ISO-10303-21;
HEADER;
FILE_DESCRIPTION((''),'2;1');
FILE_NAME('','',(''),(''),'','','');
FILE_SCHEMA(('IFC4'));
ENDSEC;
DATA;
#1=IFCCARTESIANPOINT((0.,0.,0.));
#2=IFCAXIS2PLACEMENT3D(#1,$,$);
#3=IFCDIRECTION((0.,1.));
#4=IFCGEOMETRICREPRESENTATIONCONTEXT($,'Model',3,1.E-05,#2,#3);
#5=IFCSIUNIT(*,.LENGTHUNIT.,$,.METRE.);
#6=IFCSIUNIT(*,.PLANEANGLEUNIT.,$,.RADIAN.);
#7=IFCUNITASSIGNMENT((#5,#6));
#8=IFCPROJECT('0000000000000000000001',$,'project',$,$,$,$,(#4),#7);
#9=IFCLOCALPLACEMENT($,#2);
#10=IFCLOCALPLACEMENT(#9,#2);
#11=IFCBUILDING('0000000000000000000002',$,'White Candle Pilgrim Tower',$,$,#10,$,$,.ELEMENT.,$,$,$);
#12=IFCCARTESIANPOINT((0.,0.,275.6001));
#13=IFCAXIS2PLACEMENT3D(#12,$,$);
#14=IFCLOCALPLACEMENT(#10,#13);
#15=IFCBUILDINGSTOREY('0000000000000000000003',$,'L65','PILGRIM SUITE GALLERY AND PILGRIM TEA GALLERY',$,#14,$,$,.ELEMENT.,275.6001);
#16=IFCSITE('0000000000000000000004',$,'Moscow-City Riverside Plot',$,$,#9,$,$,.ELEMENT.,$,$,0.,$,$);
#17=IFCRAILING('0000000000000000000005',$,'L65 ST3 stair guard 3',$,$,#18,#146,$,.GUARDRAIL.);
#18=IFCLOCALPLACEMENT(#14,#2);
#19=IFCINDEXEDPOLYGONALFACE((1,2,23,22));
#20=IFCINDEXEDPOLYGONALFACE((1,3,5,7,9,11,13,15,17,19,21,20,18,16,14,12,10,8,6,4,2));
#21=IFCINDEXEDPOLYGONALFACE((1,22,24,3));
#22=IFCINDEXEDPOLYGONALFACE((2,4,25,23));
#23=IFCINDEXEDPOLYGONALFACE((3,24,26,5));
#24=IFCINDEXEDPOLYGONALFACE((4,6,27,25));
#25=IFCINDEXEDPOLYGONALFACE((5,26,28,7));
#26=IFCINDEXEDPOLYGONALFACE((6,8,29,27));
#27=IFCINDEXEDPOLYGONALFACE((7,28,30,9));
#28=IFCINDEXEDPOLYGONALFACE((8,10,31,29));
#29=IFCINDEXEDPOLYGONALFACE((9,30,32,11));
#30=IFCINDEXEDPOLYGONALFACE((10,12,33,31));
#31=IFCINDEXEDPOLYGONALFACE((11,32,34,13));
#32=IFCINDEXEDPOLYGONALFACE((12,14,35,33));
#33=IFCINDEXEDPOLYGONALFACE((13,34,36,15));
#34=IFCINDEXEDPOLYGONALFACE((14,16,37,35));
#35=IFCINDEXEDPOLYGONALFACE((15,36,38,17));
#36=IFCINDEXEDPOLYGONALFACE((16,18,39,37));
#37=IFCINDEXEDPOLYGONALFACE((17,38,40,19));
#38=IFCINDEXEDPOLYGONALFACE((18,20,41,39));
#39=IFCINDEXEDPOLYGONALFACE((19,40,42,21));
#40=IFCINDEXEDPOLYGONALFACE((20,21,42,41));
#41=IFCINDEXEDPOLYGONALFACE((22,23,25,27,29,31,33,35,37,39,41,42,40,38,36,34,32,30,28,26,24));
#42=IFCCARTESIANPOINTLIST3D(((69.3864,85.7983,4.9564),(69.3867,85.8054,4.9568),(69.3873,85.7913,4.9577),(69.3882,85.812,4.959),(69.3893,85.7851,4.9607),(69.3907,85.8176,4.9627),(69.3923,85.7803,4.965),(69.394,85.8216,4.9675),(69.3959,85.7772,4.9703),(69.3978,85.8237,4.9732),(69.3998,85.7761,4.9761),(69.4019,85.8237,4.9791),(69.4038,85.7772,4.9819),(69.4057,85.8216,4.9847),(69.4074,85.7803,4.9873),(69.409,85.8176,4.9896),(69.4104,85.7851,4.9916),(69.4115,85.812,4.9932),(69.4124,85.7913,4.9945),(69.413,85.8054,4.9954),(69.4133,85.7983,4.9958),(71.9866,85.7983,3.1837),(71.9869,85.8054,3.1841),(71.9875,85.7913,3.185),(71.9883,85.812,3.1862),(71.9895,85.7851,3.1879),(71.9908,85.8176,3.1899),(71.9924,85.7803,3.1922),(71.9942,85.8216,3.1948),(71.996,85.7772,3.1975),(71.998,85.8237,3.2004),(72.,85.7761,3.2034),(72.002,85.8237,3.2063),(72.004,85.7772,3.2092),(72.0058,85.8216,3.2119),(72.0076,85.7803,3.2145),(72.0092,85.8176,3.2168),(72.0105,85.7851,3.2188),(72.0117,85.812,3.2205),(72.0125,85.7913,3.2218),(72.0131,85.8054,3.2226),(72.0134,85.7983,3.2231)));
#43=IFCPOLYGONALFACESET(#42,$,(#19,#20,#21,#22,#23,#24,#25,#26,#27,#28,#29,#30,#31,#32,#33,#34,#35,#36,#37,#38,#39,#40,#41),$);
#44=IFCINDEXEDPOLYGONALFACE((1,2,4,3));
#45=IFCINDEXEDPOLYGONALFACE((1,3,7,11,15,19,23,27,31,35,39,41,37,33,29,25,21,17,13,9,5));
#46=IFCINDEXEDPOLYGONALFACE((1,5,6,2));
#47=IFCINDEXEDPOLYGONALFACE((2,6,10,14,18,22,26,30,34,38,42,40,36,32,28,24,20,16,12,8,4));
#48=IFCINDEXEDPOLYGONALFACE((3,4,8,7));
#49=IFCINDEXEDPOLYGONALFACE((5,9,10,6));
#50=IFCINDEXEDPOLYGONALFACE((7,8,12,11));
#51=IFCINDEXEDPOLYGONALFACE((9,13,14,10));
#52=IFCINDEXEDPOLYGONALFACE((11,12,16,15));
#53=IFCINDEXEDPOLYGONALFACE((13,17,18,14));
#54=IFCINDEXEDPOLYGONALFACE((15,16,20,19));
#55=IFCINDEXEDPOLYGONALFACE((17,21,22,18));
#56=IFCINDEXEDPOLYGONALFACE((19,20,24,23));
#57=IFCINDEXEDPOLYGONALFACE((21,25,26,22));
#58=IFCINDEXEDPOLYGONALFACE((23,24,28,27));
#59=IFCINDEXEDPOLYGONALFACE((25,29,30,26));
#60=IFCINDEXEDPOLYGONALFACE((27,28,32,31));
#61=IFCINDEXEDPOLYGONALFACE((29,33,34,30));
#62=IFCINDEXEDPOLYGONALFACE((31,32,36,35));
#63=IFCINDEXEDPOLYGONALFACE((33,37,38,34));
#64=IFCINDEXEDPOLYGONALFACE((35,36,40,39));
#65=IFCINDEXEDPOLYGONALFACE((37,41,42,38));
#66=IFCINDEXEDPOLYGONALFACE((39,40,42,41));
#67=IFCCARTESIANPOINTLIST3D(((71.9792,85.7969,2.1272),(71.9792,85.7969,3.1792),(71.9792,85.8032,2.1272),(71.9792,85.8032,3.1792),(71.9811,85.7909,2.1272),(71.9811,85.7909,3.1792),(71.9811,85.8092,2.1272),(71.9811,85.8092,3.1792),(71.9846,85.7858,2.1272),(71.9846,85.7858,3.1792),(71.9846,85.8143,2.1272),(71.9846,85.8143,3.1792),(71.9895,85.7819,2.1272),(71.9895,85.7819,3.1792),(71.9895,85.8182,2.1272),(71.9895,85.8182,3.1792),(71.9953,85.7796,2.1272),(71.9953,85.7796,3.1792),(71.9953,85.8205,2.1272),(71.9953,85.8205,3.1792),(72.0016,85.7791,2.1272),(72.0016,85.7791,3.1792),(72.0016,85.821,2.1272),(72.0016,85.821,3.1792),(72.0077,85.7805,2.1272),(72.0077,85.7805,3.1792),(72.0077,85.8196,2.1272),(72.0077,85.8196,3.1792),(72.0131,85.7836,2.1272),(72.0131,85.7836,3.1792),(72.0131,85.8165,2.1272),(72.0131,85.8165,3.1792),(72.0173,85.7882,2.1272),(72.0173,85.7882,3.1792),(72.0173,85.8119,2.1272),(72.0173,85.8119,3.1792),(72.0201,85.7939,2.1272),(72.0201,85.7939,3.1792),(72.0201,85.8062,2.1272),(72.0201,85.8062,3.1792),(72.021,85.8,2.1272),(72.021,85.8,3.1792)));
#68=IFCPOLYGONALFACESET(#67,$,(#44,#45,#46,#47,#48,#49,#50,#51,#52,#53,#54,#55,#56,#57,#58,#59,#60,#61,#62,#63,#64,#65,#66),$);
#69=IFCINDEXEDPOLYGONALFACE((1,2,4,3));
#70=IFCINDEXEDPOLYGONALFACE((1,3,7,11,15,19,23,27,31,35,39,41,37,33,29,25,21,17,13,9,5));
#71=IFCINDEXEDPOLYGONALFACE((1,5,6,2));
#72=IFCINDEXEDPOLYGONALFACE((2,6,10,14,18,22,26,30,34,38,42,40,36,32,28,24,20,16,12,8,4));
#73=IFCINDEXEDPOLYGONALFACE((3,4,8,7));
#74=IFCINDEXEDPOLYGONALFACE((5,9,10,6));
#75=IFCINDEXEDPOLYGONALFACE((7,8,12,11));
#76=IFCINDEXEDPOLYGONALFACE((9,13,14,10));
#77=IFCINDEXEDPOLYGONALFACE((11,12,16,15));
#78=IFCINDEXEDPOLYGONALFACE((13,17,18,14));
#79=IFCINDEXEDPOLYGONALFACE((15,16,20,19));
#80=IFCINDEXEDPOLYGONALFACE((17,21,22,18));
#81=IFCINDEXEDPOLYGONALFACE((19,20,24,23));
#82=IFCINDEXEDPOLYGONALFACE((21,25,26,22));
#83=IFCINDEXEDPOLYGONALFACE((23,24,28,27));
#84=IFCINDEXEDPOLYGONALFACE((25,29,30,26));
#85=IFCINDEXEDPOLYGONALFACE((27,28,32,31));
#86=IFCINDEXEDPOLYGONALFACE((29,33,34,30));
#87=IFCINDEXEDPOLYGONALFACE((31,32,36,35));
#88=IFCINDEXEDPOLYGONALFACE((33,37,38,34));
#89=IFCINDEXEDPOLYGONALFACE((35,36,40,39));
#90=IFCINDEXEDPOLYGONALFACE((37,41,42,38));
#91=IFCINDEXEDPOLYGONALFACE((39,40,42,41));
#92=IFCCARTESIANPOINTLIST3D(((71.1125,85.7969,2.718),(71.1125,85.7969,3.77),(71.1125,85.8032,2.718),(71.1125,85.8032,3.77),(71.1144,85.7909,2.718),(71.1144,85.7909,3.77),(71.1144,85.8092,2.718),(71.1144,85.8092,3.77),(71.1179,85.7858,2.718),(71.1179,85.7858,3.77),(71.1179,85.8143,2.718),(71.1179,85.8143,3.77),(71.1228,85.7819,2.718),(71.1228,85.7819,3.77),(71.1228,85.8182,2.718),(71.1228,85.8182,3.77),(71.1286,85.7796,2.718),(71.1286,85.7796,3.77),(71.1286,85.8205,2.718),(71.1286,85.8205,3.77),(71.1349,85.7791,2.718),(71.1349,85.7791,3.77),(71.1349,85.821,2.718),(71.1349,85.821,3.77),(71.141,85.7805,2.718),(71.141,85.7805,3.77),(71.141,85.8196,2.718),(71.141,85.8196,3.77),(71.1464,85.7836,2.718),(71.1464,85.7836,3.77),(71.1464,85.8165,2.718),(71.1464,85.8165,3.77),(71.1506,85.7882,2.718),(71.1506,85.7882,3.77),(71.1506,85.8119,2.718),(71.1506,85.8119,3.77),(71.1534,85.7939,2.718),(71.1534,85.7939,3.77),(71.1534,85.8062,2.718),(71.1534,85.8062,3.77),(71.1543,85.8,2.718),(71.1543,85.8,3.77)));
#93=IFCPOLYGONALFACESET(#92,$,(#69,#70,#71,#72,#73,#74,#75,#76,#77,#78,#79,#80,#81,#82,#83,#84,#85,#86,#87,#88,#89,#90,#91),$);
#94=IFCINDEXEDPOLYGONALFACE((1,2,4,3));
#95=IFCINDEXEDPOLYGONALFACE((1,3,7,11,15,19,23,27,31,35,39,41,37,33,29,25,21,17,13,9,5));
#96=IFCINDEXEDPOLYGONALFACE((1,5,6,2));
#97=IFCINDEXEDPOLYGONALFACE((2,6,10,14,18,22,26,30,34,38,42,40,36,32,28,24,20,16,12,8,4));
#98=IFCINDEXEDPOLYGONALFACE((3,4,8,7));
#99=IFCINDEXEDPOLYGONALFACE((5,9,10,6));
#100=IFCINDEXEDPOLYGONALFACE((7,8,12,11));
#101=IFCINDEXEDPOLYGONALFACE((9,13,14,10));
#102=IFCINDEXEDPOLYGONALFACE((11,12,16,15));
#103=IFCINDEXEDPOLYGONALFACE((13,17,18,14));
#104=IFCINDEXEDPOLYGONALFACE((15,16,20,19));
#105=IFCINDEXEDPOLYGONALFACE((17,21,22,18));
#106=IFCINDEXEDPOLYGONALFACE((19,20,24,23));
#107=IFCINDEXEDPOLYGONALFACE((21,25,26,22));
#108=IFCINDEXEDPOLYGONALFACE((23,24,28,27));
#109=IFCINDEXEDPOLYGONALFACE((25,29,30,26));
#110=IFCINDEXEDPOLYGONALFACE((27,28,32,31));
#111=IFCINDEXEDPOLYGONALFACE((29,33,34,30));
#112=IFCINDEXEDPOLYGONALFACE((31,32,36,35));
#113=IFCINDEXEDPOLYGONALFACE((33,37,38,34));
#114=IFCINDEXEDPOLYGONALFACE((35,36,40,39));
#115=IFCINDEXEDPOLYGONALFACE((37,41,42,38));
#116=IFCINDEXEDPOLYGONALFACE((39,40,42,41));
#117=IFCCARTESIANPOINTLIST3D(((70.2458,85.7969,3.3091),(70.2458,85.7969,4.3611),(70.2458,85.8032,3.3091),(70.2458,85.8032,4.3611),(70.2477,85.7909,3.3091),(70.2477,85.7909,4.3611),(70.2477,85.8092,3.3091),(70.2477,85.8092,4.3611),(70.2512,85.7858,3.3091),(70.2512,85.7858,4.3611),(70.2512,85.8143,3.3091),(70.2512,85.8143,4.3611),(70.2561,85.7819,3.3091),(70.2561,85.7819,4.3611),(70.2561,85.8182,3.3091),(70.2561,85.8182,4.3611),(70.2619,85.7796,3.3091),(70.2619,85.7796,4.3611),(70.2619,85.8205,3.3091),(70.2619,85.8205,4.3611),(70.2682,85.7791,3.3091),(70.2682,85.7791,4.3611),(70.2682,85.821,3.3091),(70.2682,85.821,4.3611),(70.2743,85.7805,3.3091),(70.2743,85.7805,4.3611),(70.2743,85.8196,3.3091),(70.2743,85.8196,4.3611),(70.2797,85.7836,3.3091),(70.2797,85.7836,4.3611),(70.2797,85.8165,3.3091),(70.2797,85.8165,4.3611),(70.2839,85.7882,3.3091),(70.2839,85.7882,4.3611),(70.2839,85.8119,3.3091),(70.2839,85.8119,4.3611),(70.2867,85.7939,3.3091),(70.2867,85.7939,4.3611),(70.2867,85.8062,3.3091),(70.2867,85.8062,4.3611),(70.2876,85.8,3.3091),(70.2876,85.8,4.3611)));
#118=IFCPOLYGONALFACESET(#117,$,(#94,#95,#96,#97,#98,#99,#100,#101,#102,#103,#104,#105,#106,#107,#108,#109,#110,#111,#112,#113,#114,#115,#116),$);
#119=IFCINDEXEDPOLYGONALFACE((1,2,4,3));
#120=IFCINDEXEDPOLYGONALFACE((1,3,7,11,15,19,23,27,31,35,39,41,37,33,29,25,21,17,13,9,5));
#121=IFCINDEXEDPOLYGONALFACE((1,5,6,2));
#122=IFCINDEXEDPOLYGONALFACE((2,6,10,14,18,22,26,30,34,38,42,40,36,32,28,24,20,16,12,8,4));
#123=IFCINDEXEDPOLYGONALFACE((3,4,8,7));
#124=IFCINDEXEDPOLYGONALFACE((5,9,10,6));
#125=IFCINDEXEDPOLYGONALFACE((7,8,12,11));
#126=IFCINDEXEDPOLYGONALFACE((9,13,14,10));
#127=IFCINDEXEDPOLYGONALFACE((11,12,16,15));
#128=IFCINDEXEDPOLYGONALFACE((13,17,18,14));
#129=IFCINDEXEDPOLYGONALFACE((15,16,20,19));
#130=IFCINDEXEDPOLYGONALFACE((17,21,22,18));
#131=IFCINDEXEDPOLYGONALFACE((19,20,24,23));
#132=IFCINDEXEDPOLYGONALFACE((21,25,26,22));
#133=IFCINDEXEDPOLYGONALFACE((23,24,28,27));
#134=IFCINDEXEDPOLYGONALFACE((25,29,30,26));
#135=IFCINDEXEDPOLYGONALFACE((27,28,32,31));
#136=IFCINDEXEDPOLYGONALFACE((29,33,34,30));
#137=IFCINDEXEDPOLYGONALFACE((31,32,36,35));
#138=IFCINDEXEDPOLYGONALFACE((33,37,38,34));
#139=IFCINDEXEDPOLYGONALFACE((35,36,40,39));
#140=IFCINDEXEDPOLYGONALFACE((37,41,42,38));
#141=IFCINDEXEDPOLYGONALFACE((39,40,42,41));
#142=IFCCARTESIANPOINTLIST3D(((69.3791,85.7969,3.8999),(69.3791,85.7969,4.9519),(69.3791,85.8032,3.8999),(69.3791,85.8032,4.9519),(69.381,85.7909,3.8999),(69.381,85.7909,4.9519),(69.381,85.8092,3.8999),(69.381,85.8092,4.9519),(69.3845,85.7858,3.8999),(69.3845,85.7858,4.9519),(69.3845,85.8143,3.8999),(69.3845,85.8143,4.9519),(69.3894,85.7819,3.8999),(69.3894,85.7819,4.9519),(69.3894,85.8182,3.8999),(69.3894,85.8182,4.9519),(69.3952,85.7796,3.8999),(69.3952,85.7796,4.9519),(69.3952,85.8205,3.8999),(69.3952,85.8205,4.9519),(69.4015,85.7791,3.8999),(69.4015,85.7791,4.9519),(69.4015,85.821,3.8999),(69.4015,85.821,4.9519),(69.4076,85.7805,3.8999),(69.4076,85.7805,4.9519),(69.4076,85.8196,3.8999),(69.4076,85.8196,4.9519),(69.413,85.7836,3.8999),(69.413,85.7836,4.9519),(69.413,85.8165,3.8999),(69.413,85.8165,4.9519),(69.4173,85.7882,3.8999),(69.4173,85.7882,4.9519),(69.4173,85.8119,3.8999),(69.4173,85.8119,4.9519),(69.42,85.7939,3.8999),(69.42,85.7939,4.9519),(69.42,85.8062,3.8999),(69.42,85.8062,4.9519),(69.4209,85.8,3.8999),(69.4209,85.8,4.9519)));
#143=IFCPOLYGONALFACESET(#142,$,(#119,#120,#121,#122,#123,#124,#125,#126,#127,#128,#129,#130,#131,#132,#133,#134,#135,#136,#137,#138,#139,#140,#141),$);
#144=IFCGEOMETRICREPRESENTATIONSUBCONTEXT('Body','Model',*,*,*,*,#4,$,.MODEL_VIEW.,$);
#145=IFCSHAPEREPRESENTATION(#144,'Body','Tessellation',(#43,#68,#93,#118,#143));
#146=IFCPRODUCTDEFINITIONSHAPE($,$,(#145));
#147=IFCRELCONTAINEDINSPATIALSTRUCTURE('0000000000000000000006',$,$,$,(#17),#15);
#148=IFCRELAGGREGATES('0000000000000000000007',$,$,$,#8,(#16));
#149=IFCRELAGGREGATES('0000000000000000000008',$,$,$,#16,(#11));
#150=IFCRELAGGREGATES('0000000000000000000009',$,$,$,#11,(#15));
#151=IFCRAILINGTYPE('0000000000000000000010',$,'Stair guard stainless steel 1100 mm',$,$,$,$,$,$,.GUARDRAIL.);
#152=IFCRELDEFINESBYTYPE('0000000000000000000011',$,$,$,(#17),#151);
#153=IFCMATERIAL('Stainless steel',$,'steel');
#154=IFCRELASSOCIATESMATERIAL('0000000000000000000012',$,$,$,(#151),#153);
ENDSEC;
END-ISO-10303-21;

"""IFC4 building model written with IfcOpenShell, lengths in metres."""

from ifc_helpers import new_model, si_unit, direction, frame, origin, origin_2d, place, context, subcontext, project, spatial, circle, extrude, material, type_object, element, save


model = new_model("IFC4")

# Units and contexts
model_context = context("Model", 3, precision=1e-05, world=origin(), true_north=direction((0.0, 1.0)))
body_context = subcontext(model_context, "Body", "Model", "MODEL_VIEW")
ifc_project = project(units=[si_unit("LENGTHUNIT", "METRE"), si_unit("PLANEANGLEUNIT", "RADIAN")], contexts=[model_context])

# Site, building, storey
site_placement = place(None, origin())
site = spatial("IfcSite", under=ifc_project, at=site_placement, Name="Moscow-City Riverside Plot", CompositionType="ELEMENT", RefElevation=0.0)
building_placement = place(site_placement, origin())
building = spatial("IfcBuilding", under=site, at=building_placement, Name="White Candle Pilgrim Tower", CompositionType="ELEMENT")
storey_placement = place(building_placement, frame((0.0, 0.0, 275.6001)))
storey = spatial("IfcBuildingStorey", under=building, at=storey_placement, Name="L65", Description="PILGRIM SUITE GALLERY AND PILGRIM TEA GALLERY", CompositionType="ELEMENT", Elevation=275.6001)

# Railing
ifc_material_1 = material(Name="Stainless steel", Category="steel")
railing_type_1 = type_object("IfcRailingType", Name="Stair guard stainless steel 1100 mm", PredefinedType="GUARDRAIL", material=ifc_material_1)
railing_1_placement = place(storey_placement, frame((72.0, 85.8, 2.1272)))
element("IfcRailing", 1, at=railing_1_placement, inside=storey, type_object=railing_type_1, Name="L65 ST3 stair guard 3", PredefinedType="GUARDRAIL", context=body_context, shape_type="SweptSolid", body=[
    extrude(circle(Radius=0.0239, at=origin_2d()), frame((0.0, 0.0, 1.0762), z_axis=(-0.82624, 0.0, 0.563318), x_axis=(0.0, -1.0, 0.0)), (0.0, 0.0, 1.0), 3.147),
    extrude(circle(Radius=0.021, at=origin_2d()), origin(), (0.0, 0.0, 1.0), 1.052),
    extrude(circle(Radius=0.021, at=origin_2d()), frame((-0.8667, 0.0, 0.5908)), (0.0, 0.0, 1.0), 1.052),
    extrude(circle(Radius=0.021, at=origin_2d()), frame((-1.7334, 0.0, 1.1819)), (0.0, 0.0, 1.0), 1.052),
    extrude(circle(Radius=0.021, at=origin_2d()), frame((-2.6001, 0.0, 1.7727)), (0.0, 0.0, 1.0), 1.052),
])

save(model, "model.ifc")
